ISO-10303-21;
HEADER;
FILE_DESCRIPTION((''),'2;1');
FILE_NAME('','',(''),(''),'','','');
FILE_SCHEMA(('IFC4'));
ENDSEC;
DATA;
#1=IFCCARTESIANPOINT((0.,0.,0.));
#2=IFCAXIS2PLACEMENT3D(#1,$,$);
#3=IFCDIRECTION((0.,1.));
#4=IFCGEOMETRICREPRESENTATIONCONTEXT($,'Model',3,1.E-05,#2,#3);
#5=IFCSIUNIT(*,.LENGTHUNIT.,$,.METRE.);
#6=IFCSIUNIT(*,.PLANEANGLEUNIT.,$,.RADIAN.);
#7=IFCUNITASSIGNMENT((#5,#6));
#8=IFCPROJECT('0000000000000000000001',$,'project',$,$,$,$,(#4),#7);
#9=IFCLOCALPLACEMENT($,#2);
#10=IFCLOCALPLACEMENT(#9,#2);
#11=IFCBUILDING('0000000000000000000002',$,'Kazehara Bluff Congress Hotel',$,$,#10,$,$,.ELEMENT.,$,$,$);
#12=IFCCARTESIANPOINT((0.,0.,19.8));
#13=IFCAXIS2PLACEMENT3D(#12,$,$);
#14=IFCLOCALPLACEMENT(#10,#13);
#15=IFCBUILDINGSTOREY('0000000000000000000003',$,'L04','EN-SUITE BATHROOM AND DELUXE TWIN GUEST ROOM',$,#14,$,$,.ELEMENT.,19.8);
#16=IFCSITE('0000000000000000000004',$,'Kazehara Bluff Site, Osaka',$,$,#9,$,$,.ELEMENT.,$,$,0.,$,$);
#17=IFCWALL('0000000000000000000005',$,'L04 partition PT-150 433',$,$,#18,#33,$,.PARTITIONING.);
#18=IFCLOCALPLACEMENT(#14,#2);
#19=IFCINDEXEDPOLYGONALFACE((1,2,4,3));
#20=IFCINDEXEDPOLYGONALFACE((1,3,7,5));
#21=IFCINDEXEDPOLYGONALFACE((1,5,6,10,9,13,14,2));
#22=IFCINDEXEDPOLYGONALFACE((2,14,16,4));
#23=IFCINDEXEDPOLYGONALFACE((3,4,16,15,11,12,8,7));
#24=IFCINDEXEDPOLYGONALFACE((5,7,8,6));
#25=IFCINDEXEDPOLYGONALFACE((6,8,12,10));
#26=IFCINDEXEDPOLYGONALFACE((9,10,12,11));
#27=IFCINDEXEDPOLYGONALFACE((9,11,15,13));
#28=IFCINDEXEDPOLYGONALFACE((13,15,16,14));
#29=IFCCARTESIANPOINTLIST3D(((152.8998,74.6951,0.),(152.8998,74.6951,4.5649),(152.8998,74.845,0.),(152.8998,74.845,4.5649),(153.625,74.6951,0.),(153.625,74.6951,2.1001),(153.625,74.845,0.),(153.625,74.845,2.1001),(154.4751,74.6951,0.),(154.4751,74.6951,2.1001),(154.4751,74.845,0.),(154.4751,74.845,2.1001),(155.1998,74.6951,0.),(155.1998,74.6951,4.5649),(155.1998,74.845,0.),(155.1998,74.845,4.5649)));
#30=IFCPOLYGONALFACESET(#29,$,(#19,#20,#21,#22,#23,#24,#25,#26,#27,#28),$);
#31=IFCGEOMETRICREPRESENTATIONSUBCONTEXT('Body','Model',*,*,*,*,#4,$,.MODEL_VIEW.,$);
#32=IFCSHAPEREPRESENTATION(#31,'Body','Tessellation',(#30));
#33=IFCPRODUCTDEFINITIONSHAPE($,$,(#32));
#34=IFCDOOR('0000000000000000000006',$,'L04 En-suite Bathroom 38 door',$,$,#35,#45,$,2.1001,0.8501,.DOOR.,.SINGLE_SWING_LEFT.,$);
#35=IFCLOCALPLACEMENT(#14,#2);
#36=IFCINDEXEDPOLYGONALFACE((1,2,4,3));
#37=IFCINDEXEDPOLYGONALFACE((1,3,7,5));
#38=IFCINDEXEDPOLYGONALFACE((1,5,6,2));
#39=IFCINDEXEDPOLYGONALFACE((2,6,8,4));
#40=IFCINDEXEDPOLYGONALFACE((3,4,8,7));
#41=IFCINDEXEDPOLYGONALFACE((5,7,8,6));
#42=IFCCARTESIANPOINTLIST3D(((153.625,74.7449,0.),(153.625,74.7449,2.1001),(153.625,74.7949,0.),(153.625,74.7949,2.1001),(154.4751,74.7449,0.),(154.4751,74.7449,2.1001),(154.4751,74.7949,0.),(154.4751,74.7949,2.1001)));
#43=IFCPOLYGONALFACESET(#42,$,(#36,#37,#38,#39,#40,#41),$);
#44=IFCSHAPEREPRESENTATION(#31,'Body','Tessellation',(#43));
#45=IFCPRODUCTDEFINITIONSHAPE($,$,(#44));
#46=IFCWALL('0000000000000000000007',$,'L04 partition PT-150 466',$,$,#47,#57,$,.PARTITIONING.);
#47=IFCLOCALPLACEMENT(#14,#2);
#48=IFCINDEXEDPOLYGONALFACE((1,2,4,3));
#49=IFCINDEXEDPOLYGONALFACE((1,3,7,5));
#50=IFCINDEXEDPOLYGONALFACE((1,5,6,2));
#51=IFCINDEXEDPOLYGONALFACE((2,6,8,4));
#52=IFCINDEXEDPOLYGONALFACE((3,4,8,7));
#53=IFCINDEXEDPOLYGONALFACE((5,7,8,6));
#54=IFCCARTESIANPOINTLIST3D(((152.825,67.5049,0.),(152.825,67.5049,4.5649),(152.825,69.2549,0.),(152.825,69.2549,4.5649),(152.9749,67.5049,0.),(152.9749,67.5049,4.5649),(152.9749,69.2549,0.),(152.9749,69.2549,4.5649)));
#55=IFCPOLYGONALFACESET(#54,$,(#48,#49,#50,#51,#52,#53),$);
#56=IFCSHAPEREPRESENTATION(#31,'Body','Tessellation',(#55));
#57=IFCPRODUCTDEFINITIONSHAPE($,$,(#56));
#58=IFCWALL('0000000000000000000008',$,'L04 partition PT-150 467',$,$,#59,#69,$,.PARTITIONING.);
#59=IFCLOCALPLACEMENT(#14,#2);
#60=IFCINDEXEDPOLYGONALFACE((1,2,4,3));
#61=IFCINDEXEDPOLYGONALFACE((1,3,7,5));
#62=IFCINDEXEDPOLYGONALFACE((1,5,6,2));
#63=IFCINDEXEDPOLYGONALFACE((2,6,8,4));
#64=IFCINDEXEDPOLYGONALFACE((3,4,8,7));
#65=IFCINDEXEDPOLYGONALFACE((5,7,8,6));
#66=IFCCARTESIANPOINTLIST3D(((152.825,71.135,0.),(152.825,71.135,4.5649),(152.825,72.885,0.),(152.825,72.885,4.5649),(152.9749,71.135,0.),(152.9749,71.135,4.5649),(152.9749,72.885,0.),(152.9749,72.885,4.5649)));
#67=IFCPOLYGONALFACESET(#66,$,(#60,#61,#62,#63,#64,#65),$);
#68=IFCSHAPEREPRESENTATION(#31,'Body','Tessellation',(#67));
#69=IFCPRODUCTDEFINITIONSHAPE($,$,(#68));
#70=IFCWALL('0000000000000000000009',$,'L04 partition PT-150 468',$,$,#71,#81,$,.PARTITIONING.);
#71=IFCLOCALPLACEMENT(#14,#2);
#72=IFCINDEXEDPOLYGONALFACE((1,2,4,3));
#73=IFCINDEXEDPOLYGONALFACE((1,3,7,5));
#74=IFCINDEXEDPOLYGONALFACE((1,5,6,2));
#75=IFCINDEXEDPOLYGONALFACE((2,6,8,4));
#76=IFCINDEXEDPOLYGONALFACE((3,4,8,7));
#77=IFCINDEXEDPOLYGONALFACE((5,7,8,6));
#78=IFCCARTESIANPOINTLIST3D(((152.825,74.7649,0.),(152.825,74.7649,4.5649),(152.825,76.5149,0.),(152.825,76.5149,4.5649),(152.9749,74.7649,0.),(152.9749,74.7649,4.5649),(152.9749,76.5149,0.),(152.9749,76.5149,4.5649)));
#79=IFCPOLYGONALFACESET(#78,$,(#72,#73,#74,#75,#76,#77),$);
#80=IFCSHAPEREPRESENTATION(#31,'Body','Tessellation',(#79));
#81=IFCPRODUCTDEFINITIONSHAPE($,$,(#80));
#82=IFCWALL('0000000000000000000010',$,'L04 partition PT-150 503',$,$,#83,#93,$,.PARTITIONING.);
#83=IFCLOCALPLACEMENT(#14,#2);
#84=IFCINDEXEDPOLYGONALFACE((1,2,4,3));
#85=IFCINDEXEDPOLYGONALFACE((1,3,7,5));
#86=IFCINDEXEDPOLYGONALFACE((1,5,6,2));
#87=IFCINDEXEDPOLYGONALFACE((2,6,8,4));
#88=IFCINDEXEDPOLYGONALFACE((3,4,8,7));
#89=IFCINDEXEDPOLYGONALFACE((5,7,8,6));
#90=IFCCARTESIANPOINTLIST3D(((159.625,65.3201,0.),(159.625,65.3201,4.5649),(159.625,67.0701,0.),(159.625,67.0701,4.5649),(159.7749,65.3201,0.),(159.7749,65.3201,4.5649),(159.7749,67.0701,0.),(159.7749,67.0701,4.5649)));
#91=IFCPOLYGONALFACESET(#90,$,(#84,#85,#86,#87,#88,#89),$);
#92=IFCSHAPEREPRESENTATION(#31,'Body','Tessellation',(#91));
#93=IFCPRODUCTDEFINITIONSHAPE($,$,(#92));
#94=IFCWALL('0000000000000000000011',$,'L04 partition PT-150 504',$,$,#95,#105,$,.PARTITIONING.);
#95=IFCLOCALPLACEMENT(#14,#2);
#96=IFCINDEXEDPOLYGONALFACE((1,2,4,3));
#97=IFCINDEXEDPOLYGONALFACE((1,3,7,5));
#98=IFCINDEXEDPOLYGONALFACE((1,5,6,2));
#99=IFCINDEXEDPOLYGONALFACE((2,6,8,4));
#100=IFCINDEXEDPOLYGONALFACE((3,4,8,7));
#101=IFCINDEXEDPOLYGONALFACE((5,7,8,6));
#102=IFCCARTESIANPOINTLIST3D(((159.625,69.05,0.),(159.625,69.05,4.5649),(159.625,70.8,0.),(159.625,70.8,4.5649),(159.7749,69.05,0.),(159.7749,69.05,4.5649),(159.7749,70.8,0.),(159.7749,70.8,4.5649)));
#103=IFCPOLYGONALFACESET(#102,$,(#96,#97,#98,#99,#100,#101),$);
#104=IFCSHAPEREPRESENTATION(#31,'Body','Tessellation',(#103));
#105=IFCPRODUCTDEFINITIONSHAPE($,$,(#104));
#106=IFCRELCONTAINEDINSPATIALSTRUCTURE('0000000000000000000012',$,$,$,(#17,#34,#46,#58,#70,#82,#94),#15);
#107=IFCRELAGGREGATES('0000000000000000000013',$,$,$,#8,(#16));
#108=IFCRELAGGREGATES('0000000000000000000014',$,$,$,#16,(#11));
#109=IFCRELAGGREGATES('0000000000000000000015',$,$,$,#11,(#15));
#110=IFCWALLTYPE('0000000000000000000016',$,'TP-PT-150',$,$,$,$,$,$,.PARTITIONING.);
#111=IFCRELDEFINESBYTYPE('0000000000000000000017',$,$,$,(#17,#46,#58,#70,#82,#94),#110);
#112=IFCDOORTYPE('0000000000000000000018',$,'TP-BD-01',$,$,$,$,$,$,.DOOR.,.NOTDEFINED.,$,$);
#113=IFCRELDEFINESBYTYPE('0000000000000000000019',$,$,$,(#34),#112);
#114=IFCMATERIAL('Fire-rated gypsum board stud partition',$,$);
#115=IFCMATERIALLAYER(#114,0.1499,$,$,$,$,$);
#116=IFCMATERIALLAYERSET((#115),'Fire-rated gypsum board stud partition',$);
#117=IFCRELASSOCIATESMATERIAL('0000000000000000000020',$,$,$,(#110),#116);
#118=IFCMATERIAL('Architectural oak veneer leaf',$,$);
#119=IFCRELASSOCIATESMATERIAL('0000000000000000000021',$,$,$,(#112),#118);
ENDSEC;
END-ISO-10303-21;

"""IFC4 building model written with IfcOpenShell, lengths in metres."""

from ifc_helpers import new_model, si_unit, direction, frame, frame_2d, origin, place, context, subcontext, project, spatial, rectangle, extrude, material, layer, layer_set, type_object, element, fill, save


model = new_model("IFC4")

# Units and contexts
model_context = context("Model", 3, precision=1e-05, world=origin(), true_north=direction((0.0, 1.0)))
body_context = subcontext(model_context, "Body", "Model", "MODEL_VIEW")
ifc_project = project(units=[si_unit("LENGTHUNIT", "METRE"), si_unit("PLANEANGLEUNIT", "RADIAN")], contexts=[model_context])

# Site, building, storey
site_placement = place(None, origin())
site = spatial("IfcSite", under=ifc_project, at=site_placement, Name="Kazehara Bluff Site, Osaka", CompositionType="ELEMENT", RefElevation=0.0)
building_placement = place(site_placement, origin())
building = spatial("IfcBuilding", under=site, at=building_placement, Name="Kazehara Bluff Congress Hotel", CompositionType="ELEMENT")
storey_placement = place(building_placement, frame((0.0, 0.0, 19.8)))
storey = spatial("IfcBuildingStorey", under=building, at=storey_placement, Name="L04", Description="EN-SUITE BATHROOM AND DELUXE TWIN GUEST ROOM", CompositionType="ELEMENT", Elevation=19.8)

# Shared definitions
ifc_material_1 = material(Name="Fire-rated gypsum board stud partition")
ifc_layer_1 = layer(ifc_material_1, 0.1499)
ifc_layer_set_1 = layer_set([ifc_layer_1], Name="Fire-rated gypsum board stud partition")
wall_type_1 = type_object("IfcWallType", Name="TP-PT-150", PredefinedType="PARTITIONING", material=ifc_layer_set_1)
ifc_material_2 = material(Name="Architectural oak veneer leaf")
door_type = type_object("IfcDoorType", Name="TP-BD-01", OperationType="NOTDEFINED", PredefinedType="DOOR", material=ifc_material_2)

# Wall, opening, door
wall_1_placement = place(storey_placement, frame((152.8999, 74.77, 0.0), z_axis=(0.0, 0.0, 1.0), x_axis=(1.0, 0.0, 0.0)))
wall_1 = element("IfcWall", 1, at=wall_1_placement, inside=storey, type_object=wall_type_1, Name="L04 partition PT-150 433", PredefinedType="PARTITIONING", context=body_context, shape_type="SweptSolid", body=[
    extrude(rectangle(XDim=2.3, YDim=0.1499, at=frame_2d((1.1499, 0.0))), origin(), (0.0, 0.0, 1.0), 4.5649),
])
opening_1_placement = place(wall_1_placement, frame((0.7251, 0.0, 0.0)))
opening_1 = element("IfcOpeningElement", 2, at=opening_1_placement, cuts=wall_1, PredefinedType="OPENING", context=body_context, shape_type="SweptSolid", body=[
    extrude(rectangle(XDim=0.8501, YDim=2.1001, at=frame_2d((0.425, 1.05))), frame((0.0, 0.085, 0.0), z_axis=(0.0, -1.0, 0.0), x_axis=(1.0, 0.0, 0.0)), (0.0, 0.0, 1.0), 0.1699),
])
door_1_placement = place(opening_1_placement, origin())
door_1 = element("IfcDoor", 3, at=door_1_placement, inside=storey, type_object=door_type, Name="L04 En-suite Bathroom 38 door", OperationType="SINGLE_SWING_LEFT", OverallHeight=2.1001, OverallWidth=0.8501, PredefinedType="DOOR", context=body_context, shape_type="SweptSolid", body=[
    extrude(rectangle(XDim=0.8501, YDim=2.1001, at=frame_2d((0.425, 1.05))), frame((0.0, 0.0249, 0.0), z_axis=(0.0, -1.0, 0.0), x_axis=(1.0, 0.0, 0.0)), (0.0, 0.0, 1.0), 0.05),
])
fill(opening_1, door_1)

# Walls
for number, where, z_axis, x_axis, name in (
    (4, (152.8999, 67.5049, 0.0), (0.0, 0.0, 1.0), (0.0, 1.0, 0.0), "L04 partition PT-150 466"),
    (5, (152.8999, 71.135, 0.0), (0.0, 0.0, 1.0), (0.0, 1.0, 0.0), "L04 partition PT-150 467"),
    (6, (152.8999, 74.7649, 0.0), (0.0, 0.0, 1.0), (0.0, 1.0, 0.0), "L04 partition PT-150 468"),
    (7, (159.7, 65.3201, 0.0), (0.0, 0.0, 1.0), (0.0, 1.0, 0.0), "L04 partition PT-150 503"),
    (8, (159.7, 69.05, 0.0), (0.0, 0.0, 1.0), (0.0, 1.0, 0.0), "L04 partition PT-150 504"),
):
    element("IfcWall", number, at=place(storey_placement, frame(where, z_axis=z_axis, x_axis=x_axis)), inside=storey, type_object=wall_type_1, Name=name, PredefinedType="PARTITIONING", context=body_context, shape_type="SweptSolid", body=[
        extrude(rectangle(XDim=1.75, YDim=0.1499, at=frame_2d((0.875, 0.0))), origin(), (0.0, 0.0, 1.0), 4.5649),
    ])

save(model, "model.ifc")
